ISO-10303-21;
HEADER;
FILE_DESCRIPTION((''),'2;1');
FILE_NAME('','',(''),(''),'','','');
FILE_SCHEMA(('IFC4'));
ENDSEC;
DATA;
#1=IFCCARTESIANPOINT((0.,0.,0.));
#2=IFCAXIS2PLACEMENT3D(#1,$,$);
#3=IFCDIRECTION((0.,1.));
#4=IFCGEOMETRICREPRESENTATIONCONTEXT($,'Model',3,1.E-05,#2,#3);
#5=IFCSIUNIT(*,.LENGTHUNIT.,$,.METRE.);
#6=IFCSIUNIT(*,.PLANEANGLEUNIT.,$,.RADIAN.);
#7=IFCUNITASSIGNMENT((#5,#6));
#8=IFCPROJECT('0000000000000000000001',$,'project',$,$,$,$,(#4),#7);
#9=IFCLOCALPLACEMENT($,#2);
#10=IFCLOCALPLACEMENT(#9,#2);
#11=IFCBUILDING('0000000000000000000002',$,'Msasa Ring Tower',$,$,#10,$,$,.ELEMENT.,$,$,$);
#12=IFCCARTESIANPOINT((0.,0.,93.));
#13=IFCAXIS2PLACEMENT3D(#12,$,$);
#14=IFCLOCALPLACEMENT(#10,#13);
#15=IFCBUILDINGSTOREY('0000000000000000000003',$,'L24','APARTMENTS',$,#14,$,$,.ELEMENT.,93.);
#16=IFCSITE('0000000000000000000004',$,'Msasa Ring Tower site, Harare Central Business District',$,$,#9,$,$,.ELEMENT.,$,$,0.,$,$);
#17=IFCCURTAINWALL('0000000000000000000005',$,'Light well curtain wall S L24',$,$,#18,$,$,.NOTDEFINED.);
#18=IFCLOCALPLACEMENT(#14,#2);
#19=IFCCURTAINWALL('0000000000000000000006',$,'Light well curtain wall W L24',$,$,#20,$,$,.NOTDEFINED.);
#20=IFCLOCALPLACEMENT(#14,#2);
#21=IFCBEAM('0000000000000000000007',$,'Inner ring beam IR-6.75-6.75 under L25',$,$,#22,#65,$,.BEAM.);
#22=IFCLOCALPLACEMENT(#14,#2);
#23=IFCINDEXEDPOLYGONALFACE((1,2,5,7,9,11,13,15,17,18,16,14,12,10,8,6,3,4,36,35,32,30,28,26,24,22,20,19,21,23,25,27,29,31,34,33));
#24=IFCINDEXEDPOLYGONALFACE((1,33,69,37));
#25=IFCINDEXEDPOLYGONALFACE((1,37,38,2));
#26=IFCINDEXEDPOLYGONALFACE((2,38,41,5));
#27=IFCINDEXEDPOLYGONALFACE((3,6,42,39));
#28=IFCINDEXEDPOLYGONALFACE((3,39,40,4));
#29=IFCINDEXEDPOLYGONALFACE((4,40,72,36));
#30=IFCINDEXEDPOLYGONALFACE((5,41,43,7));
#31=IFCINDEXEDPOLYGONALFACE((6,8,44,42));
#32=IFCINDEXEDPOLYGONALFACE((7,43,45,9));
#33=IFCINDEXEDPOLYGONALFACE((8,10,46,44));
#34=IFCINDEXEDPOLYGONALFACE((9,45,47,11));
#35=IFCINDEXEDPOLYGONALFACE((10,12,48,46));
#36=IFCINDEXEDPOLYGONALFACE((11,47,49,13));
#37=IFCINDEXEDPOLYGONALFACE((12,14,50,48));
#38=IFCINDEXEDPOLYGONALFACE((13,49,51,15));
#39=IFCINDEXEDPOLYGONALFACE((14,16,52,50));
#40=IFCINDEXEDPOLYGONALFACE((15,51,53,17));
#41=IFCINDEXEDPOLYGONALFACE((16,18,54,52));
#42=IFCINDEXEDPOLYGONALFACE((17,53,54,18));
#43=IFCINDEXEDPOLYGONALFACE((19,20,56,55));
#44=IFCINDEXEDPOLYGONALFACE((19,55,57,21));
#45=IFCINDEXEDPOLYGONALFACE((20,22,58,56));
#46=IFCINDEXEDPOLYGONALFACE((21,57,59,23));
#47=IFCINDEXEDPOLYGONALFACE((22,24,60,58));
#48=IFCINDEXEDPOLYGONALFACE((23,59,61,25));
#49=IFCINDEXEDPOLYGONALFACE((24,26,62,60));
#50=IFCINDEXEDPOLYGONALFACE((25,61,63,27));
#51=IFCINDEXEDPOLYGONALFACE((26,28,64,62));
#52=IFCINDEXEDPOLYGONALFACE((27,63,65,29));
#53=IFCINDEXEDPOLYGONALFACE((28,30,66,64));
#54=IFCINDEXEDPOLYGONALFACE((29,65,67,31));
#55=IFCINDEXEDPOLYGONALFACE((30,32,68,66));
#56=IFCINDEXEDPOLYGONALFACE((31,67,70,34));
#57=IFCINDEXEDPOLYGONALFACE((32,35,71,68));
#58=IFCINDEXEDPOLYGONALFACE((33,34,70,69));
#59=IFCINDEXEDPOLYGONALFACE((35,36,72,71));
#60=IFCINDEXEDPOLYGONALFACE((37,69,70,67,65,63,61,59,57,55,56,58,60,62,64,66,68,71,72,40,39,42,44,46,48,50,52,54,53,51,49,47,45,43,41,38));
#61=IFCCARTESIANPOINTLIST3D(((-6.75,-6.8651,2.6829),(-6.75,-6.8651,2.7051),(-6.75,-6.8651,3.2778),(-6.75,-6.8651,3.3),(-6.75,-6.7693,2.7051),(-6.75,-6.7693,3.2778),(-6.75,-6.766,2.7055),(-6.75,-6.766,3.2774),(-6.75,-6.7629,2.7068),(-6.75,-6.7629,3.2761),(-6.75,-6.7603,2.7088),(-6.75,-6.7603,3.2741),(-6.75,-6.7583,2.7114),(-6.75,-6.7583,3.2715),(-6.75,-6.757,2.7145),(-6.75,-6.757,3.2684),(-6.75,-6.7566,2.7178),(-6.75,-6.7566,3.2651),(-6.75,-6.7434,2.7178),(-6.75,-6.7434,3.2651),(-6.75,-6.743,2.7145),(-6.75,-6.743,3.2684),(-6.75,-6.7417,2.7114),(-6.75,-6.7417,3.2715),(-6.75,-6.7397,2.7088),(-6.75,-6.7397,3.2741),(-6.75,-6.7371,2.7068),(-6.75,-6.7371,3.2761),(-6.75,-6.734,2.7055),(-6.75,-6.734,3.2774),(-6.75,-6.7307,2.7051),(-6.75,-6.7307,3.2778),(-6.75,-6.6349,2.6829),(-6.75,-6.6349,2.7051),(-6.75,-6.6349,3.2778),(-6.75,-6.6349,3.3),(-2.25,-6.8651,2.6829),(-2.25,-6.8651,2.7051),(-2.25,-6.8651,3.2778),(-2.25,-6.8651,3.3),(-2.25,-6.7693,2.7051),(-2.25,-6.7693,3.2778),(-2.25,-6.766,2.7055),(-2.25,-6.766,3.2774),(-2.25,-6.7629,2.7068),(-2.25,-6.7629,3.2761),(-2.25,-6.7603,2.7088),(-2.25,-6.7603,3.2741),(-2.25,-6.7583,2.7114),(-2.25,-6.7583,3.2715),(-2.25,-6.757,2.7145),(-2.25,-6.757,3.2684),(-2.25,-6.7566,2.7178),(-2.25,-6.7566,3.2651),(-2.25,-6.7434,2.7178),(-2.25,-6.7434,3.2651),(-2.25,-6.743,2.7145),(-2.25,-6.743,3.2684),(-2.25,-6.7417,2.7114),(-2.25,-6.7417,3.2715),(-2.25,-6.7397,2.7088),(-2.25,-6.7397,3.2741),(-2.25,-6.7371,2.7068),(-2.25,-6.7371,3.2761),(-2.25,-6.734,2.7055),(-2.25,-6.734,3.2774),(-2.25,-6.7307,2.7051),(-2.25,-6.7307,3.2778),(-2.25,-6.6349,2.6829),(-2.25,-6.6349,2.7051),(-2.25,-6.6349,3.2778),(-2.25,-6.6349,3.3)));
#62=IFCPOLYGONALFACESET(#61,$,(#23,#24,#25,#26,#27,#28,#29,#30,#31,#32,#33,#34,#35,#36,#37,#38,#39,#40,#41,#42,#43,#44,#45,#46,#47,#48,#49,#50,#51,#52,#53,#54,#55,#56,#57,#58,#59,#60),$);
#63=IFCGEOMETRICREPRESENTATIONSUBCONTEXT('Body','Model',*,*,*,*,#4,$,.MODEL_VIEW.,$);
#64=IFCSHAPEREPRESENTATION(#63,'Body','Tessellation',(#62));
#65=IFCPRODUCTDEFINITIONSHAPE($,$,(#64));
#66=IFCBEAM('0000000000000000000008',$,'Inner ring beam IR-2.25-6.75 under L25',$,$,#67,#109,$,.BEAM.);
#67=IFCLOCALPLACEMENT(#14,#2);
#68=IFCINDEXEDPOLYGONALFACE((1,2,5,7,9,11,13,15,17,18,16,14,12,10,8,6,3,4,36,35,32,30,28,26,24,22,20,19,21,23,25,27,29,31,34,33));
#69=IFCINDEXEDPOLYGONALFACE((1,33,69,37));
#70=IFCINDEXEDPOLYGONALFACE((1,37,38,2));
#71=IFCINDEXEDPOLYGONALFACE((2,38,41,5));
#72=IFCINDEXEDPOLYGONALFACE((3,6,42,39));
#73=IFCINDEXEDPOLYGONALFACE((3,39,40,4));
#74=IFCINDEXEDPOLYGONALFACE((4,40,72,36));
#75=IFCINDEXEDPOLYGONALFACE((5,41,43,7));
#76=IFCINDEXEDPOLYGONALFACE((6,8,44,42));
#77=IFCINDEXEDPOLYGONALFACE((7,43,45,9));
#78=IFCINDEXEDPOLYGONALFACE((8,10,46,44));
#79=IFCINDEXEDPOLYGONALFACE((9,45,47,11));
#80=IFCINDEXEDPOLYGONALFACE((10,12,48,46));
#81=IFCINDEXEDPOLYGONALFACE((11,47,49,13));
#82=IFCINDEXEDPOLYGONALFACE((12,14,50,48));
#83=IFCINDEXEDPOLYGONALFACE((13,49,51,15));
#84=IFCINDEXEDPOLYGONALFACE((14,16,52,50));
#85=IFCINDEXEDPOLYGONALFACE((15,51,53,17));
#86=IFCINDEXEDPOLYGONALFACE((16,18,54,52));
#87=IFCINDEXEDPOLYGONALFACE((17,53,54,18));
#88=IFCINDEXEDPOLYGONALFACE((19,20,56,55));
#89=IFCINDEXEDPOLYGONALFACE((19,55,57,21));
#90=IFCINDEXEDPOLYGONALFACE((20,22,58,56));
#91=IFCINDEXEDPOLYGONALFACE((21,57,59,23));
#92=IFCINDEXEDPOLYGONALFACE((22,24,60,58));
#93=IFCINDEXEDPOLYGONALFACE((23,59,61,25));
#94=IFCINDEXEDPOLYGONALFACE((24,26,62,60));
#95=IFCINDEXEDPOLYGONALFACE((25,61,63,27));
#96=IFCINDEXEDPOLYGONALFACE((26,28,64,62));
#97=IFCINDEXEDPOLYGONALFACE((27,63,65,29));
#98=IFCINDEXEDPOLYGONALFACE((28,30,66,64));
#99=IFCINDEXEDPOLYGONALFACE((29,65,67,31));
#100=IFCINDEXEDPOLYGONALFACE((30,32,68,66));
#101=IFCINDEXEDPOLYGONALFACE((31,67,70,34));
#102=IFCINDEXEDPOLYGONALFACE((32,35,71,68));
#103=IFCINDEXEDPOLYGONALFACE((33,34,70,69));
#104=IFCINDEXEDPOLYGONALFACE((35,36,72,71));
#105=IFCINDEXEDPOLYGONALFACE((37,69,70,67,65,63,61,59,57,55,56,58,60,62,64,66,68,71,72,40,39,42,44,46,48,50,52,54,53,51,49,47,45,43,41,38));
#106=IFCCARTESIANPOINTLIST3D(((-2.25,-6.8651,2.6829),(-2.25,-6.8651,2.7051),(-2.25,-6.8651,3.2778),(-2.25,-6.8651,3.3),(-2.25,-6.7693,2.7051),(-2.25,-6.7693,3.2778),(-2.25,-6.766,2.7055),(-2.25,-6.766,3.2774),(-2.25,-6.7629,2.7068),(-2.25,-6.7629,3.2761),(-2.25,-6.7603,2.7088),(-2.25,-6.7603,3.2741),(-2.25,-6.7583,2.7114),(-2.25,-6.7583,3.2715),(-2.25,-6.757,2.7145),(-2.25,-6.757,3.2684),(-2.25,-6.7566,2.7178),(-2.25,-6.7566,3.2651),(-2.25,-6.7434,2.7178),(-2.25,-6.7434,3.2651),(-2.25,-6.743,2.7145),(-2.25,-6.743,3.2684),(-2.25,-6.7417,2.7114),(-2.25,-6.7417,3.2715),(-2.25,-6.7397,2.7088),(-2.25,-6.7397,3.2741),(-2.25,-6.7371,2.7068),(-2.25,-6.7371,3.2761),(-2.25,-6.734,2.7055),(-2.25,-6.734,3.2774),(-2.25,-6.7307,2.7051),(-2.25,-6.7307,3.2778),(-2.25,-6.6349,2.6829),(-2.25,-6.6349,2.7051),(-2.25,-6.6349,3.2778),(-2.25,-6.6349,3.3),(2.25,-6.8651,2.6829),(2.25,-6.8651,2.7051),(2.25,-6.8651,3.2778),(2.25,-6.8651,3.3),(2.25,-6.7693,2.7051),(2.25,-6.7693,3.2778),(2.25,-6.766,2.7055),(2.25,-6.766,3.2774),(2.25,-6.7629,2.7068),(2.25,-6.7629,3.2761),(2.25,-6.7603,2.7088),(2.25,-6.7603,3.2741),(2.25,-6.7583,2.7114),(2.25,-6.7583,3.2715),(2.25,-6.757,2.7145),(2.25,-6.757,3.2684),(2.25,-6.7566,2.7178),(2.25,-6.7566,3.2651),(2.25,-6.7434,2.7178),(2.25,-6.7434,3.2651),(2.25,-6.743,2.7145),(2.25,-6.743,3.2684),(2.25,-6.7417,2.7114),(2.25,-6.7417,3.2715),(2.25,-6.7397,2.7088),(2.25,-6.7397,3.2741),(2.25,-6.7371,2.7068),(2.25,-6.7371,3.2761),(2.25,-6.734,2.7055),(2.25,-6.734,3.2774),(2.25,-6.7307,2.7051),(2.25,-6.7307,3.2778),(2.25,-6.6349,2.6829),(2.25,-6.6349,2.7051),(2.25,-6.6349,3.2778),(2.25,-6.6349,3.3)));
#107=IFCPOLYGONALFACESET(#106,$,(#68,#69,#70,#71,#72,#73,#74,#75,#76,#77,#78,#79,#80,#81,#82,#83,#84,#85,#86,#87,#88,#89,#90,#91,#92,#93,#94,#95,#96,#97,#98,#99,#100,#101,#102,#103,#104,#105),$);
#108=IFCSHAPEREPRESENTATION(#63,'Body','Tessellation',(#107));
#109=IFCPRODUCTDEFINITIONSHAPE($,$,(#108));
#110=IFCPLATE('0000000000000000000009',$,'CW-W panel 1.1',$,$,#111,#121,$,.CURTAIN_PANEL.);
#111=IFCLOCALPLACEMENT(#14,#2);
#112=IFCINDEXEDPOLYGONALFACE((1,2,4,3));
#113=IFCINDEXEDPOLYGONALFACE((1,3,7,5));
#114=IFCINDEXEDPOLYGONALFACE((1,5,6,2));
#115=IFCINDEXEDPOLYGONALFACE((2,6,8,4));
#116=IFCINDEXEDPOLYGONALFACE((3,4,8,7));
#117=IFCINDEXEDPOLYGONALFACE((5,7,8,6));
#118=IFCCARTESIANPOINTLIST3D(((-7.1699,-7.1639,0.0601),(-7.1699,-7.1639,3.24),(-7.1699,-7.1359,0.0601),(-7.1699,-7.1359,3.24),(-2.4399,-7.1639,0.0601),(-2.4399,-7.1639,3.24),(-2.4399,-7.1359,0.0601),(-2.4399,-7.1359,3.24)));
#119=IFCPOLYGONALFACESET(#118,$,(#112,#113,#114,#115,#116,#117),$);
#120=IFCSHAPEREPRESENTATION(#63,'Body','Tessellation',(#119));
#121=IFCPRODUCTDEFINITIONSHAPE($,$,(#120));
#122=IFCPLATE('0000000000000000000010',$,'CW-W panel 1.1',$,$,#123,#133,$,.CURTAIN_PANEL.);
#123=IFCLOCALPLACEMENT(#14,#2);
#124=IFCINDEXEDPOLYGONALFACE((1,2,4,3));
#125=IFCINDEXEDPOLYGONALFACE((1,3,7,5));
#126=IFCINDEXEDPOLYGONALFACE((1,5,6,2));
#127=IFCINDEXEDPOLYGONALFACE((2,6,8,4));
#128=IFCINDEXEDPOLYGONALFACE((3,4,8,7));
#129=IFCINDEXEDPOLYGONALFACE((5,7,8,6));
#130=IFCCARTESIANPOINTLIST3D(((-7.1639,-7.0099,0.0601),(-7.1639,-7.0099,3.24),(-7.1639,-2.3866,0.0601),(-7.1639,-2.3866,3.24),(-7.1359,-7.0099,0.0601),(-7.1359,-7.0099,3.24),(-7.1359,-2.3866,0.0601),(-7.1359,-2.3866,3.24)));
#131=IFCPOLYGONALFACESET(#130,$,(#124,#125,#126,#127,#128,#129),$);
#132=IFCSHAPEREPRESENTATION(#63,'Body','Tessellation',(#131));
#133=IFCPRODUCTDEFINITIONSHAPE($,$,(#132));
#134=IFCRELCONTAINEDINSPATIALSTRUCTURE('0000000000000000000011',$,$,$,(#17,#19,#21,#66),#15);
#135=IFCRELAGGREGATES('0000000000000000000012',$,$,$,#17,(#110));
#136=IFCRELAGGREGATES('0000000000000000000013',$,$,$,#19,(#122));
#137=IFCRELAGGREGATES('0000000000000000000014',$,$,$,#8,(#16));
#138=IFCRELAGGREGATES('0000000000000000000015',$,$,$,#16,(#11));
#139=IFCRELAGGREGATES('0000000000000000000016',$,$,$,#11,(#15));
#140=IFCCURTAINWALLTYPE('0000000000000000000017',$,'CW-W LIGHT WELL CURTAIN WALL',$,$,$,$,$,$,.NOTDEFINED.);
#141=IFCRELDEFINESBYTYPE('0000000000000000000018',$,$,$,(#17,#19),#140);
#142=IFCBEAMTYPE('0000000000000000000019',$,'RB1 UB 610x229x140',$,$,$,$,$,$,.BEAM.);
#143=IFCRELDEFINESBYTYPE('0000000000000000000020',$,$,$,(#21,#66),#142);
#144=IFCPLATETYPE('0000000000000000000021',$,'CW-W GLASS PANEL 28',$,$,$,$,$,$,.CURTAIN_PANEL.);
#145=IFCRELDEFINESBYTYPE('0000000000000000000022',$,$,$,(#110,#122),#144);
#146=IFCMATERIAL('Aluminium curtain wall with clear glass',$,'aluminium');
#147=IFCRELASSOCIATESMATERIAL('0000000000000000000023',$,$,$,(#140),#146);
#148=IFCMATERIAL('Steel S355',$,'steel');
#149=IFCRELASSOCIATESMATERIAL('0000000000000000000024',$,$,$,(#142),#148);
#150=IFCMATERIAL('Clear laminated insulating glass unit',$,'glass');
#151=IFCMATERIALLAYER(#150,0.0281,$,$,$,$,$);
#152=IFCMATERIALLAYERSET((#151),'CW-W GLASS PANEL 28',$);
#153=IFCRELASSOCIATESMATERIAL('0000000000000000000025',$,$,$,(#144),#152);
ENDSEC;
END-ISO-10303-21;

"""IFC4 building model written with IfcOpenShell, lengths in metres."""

from ifc_helpers import new_model, si_unit, direction, frame, origin, origin_2d, place, context, subcontext, project, spatial, rectangle, i_section, extrude, material, layer, layer_set, material_profile, profile_set, type_object, element, aggregate, save


model = new_model("IFC4")

# Units and contexts
model_context = context("Model", 3, precision=1e-05, world=origin(), true_north=direction((0.0, 1.0)))
body_context = subcontext(model_context, "Body", "Model", "MODEL_VIEW")
ifc_project = project(units=[si_unit("LENGTHUNIT", "METRE"), si_unit("PLANEANGLEUNIT", "RADIAN")], contexts=[model_context])

# Site, building, storey
site_placement = place(None, origin())
site = spatial("IfcSite", under=ifc_project, at=site_placement, Name="Msasa Ring Tower site, Harare Central Business District", CompositionType="ELEMENT", RefElevation=0.0)
building_placement = place(site_placement, origin())
building = spatial("IfcBuilding", under=site, at=building_placement, Name="Msasa Ring Tower", CompositionType="ELEMENT")
storey_placement = place(building_placement, frame((0.0, 0.0, 93.0)))
storey = spatial("IfcBuildingStorey", under=building, at=storey_placement, Name="L24", Description="APARTMENTS", CompositionType="ELEMENT", Elevation=93.0)

# Curtain walls
ifc_material_1 = material(Name="Aluminium curtain wall with clear glass", Category="aluminium")
curtain_wall_type = type_object("IfcCurtainWallType", Name="CW-W LIGHT WELL CURTAIN WALL", PredefinedType="NOTDEFINED", material=ifc_material_1)
curtain_wall_1_placement = place(storey_placement, origin())
curtain_wall_1 = element("IfcCurtainWall", 1, at=curtain_wall_1_placement, inside=storey, type_object=curtain_wall_type, Name="Light well curtain wall S L24", PredefinedType="NOTDEFINED")
curtain_wall_2_placement = place(storey_placement, origin())
curtain_wall_2 = element("IfcCurtainWall", 2, at=curtain_wall_2_placement, inside=storey, type_object=curtain_wall_type, Name="Light well curtain wall W L24", PredefinedType="NOTDEFINED")

# Beams
ifc_material_2 = material(Name="Steel S355", Category="steel")
ifc_material_profile_1 = material_profile(ifc_material_2, i_section(OverallWidth=0.2302, OverallDepth=0.6172, WebThickness=0.0132, FlangeThickness=0.0222, FilletRadius=0.0127, at=origin_2d()), Name="UB 610x229x140")
ifc_profile_set_1 = profile_set([ifc_material_profile_1], Name="Steel S355")
beam_type = type_object("IfcBeamType", Name="RB1 UB 610x229x140", PredefinedType="BEAM", material=ifc_profile_set_1)
for number, where, z_axis, x_axis, name in (
    (3, (-6.75, -6.75, 2.9915), (1.0, 0.0, 0.0), (0.0, 1.0, 0.0), "Inner ring beam IR-6.75-6.75 under L25"),
    (4, (-2.25, -6.75, 2.9915), (1.0, 0.0, 0.0), (0.0, 1.0, 0.0), "Inner ring beam IR-2.25-6.75 under L25"),
):
    element("IfcBeam", number, at=place(storey_placement, frame(where, z_axis=z_axis, x_axis=x_axis)), inside=storey, type_object=beam_type, Name=name, PredefinedType="BEAM", context=body_context, shape_type="SweptSolid", body=[
        extrude(i_section(OverallWidth=0.2302, OverallDepth=0.6172, WebThickness=0.0132, FlangeThickness=0.0222, FilletRadius=0.0127, at=origin_2d()), origin(), (0.0, 0.0, 1.0), 4.5),
    ])

# Plates
ifc_material_3 = material(Name="Clear laminated insulating glass unit", Category="glass")
ifc_layer = layer(ifc_material_3, 0.0281)
ifc_layer_set = layer_set([ifc_layer], Name="CW-W GLASS PANEL 28")
plate_type = type_object("IfcPlateType", Name="CW-W GLASS PANEL 28", PredefinedType="CURTAIN_PANEL", material=ifc_layer_set)
plate_1_placement = place(storey_placement, frame((-4.8049, -7.1499, 0.0601), z_axis=(0.0, 0.0, 1.0), x_axis=(1.0, 0.0, 0.0)))
plate_1 = element("IfcPlate", 5, at=plate_1_placement, type_object=plate_type, Name="CW-W panel 1.1", PredefinedType="CURTAIN_PANEL", context=body_context, shape_type="SweptSolid", body=[
    extrude(rectangle(XDim=4.73, YDim=0.0281, at=origin_2d()), origin(), (0.0, 0.0, 1.0), 3.1799),
])
aggregate(curtain_wall_1, [plate_1])
plate_2_placement = place(storey_placement, frame((-7.1499, -4.6982, 0.0601), z_axis=(0.0, 0.0, 1.0), x_axis=(0.0, 1.0, 0.0)))
plate_2 = element("IfcPlate", 6, at=plate_2_placement, type_object=plate_type, Name="CW-W panel 1.1", PredefinedType="CURTAIN_PANEL", context=body_context, shape_type="SweptSolid", body=[
    extrude(rectangle(XDim=4.6233, YDim=0.0281, at=origin_2d()), origin(), (0.0, 0.0, 1.0), 3.1799),
])
aggregate(curtain_wall_2, [plate_2])

save(model, "model.ifc")
